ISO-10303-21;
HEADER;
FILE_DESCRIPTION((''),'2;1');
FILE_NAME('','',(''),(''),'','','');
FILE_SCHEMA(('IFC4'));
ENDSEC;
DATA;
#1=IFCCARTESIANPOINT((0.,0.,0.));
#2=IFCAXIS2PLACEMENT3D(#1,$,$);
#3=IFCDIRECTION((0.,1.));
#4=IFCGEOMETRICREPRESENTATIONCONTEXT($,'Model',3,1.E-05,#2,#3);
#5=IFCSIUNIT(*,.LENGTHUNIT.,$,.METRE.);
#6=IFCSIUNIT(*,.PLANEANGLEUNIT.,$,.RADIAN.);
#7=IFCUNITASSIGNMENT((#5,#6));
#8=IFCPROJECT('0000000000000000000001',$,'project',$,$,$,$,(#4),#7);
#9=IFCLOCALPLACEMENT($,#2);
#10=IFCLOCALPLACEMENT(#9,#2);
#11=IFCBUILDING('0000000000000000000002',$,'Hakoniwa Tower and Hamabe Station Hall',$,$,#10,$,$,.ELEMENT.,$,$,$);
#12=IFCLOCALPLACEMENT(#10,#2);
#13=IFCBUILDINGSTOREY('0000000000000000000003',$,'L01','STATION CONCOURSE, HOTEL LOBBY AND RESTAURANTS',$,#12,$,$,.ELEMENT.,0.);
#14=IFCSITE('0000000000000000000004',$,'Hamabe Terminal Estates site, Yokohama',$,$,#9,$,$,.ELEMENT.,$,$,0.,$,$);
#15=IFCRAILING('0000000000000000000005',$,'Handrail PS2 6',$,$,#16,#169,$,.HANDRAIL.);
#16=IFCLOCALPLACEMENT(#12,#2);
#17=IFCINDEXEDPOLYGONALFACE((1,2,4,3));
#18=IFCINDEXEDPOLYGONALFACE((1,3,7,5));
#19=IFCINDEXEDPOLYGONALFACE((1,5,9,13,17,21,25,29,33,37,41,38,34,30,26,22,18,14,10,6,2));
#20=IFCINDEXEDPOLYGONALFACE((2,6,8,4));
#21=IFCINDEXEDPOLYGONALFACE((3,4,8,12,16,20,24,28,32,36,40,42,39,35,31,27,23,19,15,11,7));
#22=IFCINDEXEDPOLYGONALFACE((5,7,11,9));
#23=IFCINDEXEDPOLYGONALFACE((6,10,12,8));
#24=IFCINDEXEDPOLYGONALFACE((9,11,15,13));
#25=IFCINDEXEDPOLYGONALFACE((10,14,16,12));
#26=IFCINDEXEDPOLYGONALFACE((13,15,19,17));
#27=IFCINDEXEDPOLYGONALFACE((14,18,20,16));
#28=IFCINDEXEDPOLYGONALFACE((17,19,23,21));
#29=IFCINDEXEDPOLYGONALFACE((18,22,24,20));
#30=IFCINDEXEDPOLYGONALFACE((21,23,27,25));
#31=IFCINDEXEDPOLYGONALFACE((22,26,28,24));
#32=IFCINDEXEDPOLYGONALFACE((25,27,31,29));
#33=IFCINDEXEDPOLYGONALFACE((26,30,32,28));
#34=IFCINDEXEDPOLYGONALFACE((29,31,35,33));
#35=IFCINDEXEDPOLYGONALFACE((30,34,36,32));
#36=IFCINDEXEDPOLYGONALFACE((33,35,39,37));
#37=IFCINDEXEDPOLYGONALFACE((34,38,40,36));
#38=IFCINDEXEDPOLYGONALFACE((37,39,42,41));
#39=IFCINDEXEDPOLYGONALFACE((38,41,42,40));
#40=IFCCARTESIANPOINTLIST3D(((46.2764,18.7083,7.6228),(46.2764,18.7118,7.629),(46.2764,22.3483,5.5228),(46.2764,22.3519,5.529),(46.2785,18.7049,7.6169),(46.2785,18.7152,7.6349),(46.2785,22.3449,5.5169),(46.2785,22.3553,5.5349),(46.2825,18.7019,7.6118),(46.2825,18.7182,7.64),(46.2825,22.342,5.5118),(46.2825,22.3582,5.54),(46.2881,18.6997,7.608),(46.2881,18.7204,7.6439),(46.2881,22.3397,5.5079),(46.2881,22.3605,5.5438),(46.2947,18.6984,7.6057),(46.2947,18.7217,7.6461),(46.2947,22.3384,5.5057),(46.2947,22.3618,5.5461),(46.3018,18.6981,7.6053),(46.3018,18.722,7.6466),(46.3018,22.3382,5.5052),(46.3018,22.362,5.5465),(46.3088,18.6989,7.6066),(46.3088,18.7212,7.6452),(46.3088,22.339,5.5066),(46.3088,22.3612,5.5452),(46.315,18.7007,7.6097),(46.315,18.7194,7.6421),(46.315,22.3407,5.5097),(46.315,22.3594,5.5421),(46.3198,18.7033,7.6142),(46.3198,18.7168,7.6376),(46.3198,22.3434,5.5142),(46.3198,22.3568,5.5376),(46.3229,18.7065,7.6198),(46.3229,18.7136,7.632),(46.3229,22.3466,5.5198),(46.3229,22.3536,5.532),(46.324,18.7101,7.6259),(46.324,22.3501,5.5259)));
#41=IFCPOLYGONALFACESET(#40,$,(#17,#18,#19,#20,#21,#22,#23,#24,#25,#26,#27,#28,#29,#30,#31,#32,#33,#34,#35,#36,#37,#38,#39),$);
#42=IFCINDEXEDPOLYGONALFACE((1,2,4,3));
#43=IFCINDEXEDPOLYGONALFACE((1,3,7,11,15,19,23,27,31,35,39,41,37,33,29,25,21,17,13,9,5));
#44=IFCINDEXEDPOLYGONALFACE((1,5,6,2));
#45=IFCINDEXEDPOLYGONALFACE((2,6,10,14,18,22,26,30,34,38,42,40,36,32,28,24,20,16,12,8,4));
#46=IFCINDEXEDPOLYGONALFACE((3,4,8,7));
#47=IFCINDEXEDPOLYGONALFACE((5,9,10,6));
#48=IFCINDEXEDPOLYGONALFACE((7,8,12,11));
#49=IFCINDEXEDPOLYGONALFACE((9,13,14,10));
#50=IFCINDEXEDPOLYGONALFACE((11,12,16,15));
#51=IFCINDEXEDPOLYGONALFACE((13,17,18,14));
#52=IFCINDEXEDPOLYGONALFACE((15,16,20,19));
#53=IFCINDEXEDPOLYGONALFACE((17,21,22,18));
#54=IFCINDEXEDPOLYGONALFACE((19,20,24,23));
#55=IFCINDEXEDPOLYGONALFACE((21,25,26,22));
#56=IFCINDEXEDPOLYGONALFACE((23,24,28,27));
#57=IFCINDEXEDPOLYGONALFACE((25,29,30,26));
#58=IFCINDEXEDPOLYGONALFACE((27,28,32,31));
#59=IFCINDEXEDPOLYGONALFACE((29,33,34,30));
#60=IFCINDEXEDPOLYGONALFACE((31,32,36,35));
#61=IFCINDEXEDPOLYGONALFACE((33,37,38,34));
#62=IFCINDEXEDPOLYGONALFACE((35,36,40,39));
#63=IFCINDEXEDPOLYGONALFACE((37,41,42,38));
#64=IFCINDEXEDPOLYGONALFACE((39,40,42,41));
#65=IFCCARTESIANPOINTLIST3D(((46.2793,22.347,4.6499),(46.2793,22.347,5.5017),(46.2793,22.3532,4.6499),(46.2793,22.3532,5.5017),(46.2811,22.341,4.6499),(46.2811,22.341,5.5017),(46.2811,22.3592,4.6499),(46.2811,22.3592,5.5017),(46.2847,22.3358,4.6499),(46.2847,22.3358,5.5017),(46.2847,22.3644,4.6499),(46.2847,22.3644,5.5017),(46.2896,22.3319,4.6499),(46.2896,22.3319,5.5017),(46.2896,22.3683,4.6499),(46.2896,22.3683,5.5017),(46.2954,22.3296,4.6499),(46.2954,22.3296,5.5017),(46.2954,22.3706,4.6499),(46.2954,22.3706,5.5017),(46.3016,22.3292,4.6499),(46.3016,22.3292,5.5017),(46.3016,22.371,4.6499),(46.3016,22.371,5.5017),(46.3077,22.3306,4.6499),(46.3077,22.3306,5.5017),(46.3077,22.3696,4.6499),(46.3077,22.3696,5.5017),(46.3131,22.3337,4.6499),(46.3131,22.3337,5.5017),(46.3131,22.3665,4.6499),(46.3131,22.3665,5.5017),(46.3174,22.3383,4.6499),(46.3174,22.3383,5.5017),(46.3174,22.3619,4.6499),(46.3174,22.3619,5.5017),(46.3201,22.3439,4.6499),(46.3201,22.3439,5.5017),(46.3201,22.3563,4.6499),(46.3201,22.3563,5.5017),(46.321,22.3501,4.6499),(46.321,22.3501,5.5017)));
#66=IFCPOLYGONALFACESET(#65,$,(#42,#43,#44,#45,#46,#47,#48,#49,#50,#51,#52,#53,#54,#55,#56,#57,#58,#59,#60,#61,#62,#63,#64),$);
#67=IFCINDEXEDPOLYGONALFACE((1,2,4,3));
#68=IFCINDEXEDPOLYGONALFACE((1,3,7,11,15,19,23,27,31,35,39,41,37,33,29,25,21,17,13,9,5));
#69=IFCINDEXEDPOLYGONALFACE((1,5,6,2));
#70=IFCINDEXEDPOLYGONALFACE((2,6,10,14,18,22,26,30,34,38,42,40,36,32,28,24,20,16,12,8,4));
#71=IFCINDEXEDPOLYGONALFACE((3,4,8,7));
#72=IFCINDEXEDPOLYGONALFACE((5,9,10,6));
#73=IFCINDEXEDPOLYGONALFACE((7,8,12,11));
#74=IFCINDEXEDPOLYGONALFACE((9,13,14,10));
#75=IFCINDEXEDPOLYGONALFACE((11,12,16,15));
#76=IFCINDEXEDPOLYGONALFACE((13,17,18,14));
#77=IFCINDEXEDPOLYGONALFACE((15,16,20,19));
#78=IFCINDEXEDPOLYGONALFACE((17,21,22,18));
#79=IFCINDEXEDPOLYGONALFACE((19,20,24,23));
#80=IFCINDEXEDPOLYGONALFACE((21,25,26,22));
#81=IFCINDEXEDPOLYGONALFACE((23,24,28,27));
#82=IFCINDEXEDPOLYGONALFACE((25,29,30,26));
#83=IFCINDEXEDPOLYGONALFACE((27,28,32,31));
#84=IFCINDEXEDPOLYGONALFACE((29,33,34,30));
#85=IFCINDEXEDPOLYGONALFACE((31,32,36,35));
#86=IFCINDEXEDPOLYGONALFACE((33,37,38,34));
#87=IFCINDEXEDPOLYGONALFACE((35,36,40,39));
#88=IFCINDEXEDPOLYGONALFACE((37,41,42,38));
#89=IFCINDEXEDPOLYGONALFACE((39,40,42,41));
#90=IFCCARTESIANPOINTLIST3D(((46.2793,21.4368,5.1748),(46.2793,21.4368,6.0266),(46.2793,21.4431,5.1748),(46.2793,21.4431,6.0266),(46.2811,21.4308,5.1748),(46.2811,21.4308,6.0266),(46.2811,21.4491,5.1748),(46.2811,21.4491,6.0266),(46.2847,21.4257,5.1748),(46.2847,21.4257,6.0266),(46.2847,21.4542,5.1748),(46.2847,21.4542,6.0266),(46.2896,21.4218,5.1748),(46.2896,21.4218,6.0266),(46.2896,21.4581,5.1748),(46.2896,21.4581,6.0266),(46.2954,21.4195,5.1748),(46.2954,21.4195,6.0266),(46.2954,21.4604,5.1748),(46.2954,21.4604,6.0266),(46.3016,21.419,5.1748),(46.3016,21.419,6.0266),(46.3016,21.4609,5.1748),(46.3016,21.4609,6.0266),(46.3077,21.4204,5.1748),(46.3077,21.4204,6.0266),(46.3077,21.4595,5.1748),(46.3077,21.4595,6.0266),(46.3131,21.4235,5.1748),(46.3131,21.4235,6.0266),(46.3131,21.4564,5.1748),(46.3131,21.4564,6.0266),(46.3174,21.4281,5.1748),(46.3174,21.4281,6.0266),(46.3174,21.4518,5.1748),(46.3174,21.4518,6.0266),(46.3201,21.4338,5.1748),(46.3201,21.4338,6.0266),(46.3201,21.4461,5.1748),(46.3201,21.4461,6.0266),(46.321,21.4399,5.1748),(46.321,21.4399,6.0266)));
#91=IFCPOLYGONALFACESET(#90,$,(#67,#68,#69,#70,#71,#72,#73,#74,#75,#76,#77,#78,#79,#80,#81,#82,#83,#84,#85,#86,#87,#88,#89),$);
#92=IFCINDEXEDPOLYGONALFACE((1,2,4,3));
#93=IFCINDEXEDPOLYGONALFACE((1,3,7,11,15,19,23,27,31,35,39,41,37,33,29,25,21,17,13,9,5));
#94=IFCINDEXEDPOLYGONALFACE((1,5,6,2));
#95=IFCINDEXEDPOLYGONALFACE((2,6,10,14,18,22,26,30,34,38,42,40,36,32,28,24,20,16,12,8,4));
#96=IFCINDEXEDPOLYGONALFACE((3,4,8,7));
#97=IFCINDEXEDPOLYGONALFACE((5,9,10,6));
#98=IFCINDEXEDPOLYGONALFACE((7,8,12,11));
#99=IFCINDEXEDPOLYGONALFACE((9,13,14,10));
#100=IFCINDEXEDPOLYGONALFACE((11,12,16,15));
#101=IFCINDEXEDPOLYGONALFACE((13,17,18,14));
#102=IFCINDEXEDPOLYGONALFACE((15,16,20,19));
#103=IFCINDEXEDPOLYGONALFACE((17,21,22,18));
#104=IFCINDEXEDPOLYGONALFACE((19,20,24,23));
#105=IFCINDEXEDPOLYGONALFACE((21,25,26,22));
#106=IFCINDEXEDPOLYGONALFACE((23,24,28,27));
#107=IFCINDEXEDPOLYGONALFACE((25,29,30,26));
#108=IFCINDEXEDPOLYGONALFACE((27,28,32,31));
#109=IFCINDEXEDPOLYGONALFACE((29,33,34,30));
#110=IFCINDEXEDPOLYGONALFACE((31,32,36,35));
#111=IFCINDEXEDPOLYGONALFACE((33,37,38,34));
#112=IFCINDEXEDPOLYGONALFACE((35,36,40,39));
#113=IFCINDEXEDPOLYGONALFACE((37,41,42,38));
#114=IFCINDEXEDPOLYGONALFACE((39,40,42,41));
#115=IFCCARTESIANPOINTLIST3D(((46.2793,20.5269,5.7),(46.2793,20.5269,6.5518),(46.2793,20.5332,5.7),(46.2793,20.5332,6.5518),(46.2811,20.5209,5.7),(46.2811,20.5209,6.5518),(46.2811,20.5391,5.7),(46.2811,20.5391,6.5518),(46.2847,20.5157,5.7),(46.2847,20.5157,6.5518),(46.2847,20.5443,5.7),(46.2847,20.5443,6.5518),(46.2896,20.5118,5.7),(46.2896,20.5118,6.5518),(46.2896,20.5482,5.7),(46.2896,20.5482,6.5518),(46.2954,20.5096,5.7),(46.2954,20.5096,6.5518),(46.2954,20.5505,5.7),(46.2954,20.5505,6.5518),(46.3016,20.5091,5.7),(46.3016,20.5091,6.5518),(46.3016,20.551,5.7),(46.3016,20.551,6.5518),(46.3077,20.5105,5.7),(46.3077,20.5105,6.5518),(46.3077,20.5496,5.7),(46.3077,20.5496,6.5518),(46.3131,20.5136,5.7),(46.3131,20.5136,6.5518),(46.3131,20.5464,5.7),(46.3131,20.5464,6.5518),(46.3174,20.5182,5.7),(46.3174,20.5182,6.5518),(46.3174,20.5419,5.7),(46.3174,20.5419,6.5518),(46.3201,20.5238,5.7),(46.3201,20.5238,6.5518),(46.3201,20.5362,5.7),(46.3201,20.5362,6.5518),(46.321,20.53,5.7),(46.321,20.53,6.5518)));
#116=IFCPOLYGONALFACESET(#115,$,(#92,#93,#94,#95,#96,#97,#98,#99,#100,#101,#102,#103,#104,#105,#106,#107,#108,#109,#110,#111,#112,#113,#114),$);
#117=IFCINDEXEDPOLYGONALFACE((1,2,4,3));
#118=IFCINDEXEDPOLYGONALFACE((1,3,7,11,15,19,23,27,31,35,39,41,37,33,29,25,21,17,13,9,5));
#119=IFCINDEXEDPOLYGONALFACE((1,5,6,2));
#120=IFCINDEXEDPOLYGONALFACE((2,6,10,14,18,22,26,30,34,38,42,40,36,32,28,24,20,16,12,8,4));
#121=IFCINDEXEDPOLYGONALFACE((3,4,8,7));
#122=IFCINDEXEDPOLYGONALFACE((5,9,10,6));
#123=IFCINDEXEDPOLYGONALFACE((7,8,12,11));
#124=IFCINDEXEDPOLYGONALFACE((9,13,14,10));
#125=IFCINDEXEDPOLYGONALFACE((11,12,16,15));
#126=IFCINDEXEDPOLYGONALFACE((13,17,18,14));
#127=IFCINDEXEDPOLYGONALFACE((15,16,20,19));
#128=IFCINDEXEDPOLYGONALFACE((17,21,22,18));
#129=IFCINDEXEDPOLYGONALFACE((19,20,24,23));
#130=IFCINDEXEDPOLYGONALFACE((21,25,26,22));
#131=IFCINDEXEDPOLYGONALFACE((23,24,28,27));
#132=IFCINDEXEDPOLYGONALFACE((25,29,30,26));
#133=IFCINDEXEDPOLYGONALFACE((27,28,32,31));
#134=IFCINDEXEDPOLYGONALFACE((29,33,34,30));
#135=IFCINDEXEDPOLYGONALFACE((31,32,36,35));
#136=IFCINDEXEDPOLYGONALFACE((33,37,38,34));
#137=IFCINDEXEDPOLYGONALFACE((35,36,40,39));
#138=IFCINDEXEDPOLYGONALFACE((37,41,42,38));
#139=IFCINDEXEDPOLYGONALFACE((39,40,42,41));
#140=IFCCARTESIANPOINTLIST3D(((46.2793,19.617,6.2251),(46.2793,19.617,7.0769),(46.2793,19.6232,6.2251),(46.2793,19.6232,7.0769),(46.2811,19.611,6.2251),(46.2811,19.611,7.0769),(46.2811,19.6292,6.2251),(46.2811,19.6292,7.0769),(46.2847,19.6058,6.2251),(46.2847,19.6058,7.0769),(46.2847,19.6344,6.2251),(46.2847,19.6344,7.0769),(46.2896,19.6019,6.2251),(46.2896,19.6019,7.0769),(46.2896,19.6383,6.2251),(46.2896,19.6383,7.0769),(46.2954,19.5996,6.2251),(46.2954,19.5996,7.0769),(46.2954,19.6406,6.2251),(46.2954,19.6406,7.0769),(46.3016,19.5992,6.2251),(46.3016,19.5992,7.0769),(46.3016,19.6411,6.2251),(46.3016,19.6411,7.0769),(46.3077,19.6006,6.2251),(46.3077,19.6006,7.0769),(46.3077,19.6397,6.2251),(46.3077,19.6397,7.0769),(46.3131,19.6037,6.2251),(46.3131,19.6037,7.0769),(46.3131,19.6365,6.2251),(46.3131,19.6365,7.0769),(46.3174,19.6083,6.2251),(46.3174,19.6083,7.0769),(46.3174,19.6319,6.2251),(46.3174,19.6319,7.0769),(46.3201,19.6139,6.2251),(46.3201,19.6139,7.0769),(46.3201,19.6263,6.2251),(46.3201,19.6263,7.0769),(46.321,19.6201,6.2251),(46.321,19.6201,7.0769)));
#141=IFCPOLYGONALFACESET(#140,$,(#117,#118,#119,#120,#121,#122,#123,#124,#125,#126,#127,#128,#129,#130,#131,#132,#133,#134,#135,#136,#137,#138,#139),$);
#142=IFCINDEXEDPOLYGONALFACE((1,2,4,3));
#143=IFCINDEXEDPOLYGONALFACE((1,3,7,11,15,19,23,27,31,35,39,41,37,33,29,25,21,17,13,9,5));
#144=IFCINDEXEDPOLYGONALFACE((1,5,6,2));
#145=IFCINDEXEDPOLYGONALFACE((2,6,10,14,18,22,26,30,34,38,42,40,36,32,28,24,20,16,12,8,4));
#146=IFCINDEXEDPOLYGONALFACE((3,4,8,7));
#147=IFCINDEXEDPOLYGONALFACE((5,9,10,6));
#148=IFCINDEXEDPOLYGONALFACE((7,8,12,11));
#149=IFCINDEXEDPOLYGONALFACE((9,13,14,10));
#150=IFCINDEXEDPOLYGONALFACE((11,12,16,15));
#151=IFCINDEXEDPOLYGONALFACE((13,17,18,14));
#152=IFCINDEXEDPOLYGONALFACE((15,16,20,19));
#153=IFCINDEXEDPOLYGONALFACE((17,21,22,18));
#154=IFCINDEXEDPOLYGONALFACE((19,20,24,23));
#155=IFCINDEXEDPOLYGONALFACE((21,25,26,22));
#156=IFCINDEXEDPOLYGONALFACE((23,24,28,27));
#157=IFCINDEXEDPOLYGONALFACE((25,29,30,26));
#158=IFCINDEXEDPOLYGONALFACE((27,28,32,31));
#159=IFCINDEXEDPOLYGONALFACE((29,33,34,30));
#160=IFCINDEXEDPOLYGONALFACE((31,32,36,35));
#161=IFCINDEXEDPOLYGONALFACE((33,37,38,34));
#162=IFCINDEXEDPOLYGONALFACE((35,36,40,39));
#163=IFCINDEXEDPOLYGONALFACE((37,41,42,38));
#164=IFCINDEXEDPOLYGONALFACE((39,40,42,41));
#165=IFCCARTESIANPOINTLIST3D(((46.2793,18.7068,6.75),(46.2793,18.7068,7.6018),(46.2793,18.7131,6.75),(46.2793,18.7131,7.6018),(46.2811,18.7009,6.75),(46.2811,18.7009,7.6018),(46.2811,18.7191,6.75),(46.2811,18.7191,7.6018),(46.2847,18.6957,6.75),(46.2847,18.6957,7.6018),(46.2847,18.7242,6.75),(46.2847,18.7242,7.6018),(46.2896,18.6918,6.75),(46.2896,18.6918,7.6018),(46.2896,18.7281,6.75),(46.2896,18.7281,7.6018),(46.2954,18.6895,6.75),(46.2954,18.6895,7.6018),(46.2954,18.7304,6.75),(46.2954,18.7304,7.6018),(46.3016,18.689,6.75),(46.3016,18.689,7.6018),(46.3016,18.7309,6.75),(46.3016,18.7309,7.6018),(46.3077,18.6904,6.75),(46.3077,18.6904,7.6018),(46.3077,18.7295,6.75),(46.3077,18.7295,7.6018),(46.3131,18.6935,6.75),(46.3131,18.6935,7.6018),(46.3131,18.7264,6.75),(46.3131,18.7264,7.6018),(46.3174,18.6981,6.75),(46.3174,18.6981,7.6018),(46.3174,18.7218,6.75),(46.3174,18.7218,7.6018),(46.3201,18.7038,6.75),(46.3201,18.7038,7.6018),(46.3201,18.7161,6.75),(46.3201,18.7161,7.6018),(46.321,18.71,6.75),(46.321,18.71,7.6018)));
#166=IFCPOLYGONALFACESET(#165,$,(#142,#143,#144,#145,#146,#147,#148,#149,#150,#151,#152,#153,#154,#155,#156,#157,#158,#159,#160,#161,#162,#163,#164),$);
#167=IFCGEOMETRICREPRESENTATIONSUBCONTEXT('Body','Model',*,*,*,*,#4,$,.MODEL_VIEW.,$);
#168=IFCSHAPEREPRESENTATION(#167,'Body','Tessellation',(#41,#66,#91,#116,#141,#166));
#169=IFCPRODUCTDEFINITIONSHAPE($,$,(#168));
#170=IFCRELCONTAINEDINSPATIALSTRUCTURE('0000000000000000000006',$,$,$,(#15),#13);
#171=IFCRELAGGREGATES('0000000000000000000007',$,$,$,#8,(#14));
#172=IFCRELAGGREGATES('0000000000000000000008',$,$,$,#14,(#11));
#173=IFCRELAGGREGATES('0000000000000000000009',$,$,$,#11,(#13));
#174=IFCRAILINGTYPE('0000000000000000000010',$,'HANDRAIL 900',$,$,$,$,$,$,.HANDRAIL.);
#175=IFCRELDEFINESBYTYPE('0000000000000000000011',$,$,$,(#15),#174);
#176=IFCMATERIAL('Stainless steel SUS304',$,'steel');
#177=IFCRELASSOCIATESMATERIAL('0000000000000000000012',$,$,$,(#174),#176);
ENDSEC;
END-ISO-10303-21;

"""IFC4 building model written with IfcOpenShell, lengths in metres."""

from ifc_helpers import new_model, si_unit, direction, frame, origin, origin_2d, place, context, subcontext, project, spatial, circle, extrude, material, type_object, element, save


model = new_model("IFC4")

# Units and contexts
model_context = context("Model", 3, precision=1e-05, world=origin(), true_north=direction((0.0, 1.0)))
body_context = subcontext(model_context, "Body", "Model", "MODEL_VIEW")
ifc_project = project(units=[si_unit("LENGTHUNIT", "METRE"), si_unit("PLANEANGLEUNIT", "RADIAN")], contexts=[model_context])

# Site, building, storey
site_placement = place(None, origin())
site = spatial("IfcSite", under=ifc_project, at=site_placement, Name="Hamabe Terminal Estates site, Yokohama", CompositionType="ELEMENT", RefElevation=0.0)
building_placement = place(site_placement, origin())
building = spatial("IfcBuilding", under=site, at=building_placement, Name="Hakoniwa Tower and Hamabe Station Hall", CompositionType="ELEMENT")
storey_placement = place(building_placement, origin())
storey = spatial("IfcBuildingStorey", under=building, at=storey_placement, Name="L01", Description="STATION CONCOURSE, HOTEL LOBBY AND RESTAURANTS", CompositionType="ELEMENT", Elevation=0.0)

# Railing
ifc_material_1 = material(Name="Stainless steel SUS304", Category="steel")
railing_type_1 = type_object("IfcRailingType", Name="HANDRAIL 900", PredefinedType="HANDRAIL", material=ifc_material_1)
for number, where, name in (
    (1, (46.3, 22.3501, 4.6499), "Handrail PS2 6"),
):
    element("IfcRailing", number, at=place(storey_placement, frame(where)), inside=storey, type_object=railing_type_1, Name=name, PredefinedType="HANDRAIL", context=body_context, shape_type="SweptSolid", body=[
        extrude(circle(Radius=0.0239, at=origin_2d()), frame((0.0, 0.0, 0.876), z_axis=(0.0, -0.866184, 0.499726), x_axis=(1.0, 0.0, 0.0)), (0.0, 0.0, 1.0), 4.2024),
        extrude(circle(Radius=0.021, at=origin_2d()), origin(), (0.0, 0.0, 1.0), 0.8518),
        extrude(circle(Radius=0.021, at=origin_2d()), frame((0.0, -0.9102, 0.5249)), (0.0, 0.0, 1.0), 0.8518),
        extrude(circle(Radius=0.021, at=origin_2d()), frame((0.0, -1.8201, 1.05)), (0.0, 0.0, 1.0), 0.8518),
        extrude(circle(Radius=0.021, at=origin_2d()), frame((0.0, -2.73, 1.5752)), (0.0, 0.0, 1.0), 0.8518),
        extrude(circle(Radius=0.021, at=origin_2d()), frame((0.0, -3.6401, 2.1001)), (0.0, 0.0, 1.0), 0.8518),
    ])

save(model, "model.ifc")
